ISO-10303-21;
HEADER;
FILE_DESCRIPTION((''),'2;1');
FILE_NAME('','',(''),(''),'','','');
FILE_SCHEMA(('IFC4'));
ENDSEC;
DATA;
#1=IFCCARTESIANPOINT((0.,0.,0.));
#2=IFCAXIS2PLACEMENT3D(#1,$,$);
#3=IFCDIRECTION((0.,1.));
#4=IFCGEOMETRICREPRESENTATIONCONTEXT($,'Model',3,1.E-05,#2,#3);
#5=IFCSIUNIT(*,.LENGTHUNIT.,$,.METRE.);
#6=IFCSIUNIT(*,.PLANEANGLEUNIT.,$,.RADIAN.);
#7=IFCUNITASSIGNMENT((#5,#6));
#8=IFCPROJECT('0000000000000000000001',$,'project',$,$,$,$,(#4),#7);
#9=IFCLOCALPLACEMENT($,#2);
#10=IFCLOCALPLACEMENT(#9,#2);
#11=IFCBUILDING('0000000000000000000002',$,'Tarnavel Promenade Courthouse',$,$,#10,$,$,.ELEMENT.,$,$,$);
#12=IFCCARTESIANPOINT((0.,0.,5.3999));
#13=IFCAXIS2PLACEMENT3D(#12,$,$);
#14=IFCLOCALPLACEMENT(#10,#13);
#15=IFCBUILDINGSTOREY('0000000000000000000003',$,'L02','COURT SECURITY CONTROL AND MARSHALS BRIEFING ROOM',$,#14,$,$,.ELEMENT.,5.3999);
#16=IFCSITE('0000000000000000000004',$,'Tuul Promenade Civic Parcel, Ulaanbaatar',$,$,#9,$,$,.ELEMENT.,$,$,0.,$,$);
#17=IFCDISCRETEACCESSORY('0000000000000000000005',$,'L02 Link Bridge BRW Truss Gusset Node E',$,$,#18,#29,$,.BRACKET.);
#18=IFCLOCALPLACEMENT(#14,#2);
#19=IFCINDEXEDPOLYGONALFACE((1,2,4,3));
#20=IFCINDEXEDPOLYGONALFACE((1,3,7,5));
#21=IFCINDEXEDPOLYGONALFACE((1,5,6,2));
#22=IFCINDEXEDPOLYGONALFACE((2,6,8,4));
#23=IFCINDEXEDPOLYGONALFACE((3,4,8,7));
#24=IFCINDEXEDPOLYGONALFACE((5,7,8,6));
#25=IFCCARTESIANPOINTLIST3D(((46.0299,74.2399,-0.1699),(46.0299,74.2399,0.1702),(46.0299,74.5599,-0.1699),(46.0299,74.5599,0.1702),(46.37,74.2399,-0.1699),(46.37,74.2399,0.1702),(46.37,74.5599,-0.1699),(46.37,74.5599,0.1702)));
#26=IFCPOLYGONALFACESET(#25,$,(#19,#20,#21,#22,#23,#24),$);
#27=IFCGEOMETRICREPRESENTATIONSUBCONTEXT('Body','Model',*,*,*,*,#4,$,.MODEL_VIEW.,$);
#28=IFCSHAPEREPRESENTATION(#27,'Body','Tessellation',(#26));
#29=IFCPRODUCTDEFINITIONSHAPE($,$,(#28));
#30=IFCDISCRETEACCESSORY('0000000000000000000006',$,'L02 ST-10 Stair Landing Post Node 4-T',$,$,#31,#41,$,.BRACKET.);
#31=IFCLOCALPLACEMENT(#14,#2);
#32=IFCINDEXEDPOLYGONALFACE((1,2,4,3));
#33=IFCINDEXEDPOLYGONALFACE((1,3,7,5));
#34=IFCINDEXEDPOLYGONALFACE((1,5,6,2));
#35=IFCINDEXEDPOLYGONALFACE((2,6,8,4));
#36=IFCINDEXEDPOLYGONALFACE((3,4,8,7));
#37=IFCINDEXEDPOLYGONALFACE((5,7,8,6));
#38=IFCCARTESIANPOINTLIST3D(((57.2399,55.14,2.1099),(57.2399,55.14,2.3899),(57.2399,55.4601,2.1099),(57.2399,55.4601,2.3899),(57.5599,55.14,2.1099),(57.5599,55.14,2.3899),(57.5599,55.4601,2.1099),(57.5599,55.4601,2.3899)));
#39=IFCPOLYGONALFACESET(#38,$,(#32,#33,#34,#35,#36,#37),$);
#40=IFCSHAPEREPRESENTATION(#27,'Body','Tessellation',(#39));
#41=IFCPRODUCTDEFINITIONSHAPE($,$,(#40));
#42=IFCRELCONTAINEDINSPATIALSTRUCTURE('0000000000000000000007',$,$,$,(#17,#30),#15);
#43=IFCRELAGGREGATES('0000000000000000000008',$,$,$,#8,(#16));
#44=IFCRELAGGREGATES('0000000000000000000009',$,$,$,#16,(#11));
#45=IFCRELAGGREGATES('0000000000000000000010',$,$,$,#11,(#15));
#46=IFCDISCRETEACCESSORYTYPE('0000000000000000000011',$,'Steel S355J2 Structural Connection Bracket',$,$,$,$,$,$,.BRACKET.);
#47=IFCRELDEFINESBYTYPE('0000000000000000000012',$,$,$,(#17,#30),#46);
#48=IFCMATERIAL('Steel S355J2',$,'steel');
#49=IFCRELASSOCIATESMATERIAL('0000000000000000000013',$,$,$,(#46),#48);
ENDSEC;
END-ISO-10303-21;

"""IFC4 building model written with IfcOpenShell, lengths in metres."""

from ifc_helpers import new_model, si_unit, direction, frame, origin, origin_2d, place, context, subcontext, project, spatial, rectangle, extrude, material, type_object, element, save


model = new_model("IFC4")

# Units and contexts
model_context = context("Model", 3, precision=1e-05, world=origin(), true_north=direction((0.0, 1.0)))
body_context = subcontext(model_context, "Body", "Model", "MODEL_VIEW")
ifc_project = project(units=[si_unit("LENGTHUNIT", "METRE"), si_unit("PLANEANGLEUNIT", "RADIAN")], contexts=[model_context])

# Site, building, storey
site_placement = place(None, origin())
site = spatial("IfcSite", under=ifc_project, at=site_placement, Name="Tuul Promenade Civic Parcel, Ulaanbaatar", CompositionType="ELEMENT", RefElevation=0.0)
building_placement = place(site_placement, origin())
building = spatial("IfcBuilding", under=site, at=building_placement, Name="Tarnavel Promenade Courthouse", CompositionType="ELEMENT")
storey_placement = place(building_placement, frame((0.0, 0.0, 5.3999)))
storey = spatial("IfcBuildingStorey", under=building, at=storey_placement, Name="L02", Description="COURT SECURITY CONTROL AND MARSHALS BRIEFING ROOM", CompositionType="ELEMENT", Elevation=5.3999)

# Shared definitions
ifc_material_1 = material(Name="Steel S355J2", Category="steel")

# Discrete accessories
discrete_accessory_type = type_object("IfcDiscreteAccessoryType", Name="Steel S355J2 Structural Connection Bracket", PredefinedType="BRACKET", material=ifc_material_1)
discrete_accessory_1_placement = place(storey_placement, frame((46.2, 74.3999, -0.1699), z_axis=(0.0, 0.0, 1.0), x_axis=(1.0, 0.0, 0.0)))
element("IfcDiscreteAccessory", 1, at=discrete_accessory_1_placement, inside=storey, type_object=discrete_accessory_type, Name="L02 Link Bridge BRW Truss Gusset Node E", PredefinedType="BRACKET", context=body_context, shape_type="SweptSolid", body=[
    extrude(rectangle(XDim=0.3401, YDim=0.3201, at=origin_2d()), origin(), (0.0, 0.0, 1.0), 0.3401),
])
discrete_accessory_2_placement = place(storey_placement, frame((57.3999, 55.3, 2.1099), z_axis=(0.0, 0.0, 1.0), x_axis=(1.0, 0.0, 0.0)))
element("IfcDiscreteAccessory", 2, at=discrete_accessory_2_placement, inside=storey, type_object=discrete_accessory_type, Name="L02 ST-10 Stair Landing Post Node 4-T", PredefinedType="BRACKET", context=body_context, shape_type="SweptSolid", body=[
    extrude(rectangle(XDim=0.3201, YDim=0.3201, at=origin_2d()), origin(), (0.0, 0.0, 1.0), 0.28),
])

save(model, "model.ifc")
